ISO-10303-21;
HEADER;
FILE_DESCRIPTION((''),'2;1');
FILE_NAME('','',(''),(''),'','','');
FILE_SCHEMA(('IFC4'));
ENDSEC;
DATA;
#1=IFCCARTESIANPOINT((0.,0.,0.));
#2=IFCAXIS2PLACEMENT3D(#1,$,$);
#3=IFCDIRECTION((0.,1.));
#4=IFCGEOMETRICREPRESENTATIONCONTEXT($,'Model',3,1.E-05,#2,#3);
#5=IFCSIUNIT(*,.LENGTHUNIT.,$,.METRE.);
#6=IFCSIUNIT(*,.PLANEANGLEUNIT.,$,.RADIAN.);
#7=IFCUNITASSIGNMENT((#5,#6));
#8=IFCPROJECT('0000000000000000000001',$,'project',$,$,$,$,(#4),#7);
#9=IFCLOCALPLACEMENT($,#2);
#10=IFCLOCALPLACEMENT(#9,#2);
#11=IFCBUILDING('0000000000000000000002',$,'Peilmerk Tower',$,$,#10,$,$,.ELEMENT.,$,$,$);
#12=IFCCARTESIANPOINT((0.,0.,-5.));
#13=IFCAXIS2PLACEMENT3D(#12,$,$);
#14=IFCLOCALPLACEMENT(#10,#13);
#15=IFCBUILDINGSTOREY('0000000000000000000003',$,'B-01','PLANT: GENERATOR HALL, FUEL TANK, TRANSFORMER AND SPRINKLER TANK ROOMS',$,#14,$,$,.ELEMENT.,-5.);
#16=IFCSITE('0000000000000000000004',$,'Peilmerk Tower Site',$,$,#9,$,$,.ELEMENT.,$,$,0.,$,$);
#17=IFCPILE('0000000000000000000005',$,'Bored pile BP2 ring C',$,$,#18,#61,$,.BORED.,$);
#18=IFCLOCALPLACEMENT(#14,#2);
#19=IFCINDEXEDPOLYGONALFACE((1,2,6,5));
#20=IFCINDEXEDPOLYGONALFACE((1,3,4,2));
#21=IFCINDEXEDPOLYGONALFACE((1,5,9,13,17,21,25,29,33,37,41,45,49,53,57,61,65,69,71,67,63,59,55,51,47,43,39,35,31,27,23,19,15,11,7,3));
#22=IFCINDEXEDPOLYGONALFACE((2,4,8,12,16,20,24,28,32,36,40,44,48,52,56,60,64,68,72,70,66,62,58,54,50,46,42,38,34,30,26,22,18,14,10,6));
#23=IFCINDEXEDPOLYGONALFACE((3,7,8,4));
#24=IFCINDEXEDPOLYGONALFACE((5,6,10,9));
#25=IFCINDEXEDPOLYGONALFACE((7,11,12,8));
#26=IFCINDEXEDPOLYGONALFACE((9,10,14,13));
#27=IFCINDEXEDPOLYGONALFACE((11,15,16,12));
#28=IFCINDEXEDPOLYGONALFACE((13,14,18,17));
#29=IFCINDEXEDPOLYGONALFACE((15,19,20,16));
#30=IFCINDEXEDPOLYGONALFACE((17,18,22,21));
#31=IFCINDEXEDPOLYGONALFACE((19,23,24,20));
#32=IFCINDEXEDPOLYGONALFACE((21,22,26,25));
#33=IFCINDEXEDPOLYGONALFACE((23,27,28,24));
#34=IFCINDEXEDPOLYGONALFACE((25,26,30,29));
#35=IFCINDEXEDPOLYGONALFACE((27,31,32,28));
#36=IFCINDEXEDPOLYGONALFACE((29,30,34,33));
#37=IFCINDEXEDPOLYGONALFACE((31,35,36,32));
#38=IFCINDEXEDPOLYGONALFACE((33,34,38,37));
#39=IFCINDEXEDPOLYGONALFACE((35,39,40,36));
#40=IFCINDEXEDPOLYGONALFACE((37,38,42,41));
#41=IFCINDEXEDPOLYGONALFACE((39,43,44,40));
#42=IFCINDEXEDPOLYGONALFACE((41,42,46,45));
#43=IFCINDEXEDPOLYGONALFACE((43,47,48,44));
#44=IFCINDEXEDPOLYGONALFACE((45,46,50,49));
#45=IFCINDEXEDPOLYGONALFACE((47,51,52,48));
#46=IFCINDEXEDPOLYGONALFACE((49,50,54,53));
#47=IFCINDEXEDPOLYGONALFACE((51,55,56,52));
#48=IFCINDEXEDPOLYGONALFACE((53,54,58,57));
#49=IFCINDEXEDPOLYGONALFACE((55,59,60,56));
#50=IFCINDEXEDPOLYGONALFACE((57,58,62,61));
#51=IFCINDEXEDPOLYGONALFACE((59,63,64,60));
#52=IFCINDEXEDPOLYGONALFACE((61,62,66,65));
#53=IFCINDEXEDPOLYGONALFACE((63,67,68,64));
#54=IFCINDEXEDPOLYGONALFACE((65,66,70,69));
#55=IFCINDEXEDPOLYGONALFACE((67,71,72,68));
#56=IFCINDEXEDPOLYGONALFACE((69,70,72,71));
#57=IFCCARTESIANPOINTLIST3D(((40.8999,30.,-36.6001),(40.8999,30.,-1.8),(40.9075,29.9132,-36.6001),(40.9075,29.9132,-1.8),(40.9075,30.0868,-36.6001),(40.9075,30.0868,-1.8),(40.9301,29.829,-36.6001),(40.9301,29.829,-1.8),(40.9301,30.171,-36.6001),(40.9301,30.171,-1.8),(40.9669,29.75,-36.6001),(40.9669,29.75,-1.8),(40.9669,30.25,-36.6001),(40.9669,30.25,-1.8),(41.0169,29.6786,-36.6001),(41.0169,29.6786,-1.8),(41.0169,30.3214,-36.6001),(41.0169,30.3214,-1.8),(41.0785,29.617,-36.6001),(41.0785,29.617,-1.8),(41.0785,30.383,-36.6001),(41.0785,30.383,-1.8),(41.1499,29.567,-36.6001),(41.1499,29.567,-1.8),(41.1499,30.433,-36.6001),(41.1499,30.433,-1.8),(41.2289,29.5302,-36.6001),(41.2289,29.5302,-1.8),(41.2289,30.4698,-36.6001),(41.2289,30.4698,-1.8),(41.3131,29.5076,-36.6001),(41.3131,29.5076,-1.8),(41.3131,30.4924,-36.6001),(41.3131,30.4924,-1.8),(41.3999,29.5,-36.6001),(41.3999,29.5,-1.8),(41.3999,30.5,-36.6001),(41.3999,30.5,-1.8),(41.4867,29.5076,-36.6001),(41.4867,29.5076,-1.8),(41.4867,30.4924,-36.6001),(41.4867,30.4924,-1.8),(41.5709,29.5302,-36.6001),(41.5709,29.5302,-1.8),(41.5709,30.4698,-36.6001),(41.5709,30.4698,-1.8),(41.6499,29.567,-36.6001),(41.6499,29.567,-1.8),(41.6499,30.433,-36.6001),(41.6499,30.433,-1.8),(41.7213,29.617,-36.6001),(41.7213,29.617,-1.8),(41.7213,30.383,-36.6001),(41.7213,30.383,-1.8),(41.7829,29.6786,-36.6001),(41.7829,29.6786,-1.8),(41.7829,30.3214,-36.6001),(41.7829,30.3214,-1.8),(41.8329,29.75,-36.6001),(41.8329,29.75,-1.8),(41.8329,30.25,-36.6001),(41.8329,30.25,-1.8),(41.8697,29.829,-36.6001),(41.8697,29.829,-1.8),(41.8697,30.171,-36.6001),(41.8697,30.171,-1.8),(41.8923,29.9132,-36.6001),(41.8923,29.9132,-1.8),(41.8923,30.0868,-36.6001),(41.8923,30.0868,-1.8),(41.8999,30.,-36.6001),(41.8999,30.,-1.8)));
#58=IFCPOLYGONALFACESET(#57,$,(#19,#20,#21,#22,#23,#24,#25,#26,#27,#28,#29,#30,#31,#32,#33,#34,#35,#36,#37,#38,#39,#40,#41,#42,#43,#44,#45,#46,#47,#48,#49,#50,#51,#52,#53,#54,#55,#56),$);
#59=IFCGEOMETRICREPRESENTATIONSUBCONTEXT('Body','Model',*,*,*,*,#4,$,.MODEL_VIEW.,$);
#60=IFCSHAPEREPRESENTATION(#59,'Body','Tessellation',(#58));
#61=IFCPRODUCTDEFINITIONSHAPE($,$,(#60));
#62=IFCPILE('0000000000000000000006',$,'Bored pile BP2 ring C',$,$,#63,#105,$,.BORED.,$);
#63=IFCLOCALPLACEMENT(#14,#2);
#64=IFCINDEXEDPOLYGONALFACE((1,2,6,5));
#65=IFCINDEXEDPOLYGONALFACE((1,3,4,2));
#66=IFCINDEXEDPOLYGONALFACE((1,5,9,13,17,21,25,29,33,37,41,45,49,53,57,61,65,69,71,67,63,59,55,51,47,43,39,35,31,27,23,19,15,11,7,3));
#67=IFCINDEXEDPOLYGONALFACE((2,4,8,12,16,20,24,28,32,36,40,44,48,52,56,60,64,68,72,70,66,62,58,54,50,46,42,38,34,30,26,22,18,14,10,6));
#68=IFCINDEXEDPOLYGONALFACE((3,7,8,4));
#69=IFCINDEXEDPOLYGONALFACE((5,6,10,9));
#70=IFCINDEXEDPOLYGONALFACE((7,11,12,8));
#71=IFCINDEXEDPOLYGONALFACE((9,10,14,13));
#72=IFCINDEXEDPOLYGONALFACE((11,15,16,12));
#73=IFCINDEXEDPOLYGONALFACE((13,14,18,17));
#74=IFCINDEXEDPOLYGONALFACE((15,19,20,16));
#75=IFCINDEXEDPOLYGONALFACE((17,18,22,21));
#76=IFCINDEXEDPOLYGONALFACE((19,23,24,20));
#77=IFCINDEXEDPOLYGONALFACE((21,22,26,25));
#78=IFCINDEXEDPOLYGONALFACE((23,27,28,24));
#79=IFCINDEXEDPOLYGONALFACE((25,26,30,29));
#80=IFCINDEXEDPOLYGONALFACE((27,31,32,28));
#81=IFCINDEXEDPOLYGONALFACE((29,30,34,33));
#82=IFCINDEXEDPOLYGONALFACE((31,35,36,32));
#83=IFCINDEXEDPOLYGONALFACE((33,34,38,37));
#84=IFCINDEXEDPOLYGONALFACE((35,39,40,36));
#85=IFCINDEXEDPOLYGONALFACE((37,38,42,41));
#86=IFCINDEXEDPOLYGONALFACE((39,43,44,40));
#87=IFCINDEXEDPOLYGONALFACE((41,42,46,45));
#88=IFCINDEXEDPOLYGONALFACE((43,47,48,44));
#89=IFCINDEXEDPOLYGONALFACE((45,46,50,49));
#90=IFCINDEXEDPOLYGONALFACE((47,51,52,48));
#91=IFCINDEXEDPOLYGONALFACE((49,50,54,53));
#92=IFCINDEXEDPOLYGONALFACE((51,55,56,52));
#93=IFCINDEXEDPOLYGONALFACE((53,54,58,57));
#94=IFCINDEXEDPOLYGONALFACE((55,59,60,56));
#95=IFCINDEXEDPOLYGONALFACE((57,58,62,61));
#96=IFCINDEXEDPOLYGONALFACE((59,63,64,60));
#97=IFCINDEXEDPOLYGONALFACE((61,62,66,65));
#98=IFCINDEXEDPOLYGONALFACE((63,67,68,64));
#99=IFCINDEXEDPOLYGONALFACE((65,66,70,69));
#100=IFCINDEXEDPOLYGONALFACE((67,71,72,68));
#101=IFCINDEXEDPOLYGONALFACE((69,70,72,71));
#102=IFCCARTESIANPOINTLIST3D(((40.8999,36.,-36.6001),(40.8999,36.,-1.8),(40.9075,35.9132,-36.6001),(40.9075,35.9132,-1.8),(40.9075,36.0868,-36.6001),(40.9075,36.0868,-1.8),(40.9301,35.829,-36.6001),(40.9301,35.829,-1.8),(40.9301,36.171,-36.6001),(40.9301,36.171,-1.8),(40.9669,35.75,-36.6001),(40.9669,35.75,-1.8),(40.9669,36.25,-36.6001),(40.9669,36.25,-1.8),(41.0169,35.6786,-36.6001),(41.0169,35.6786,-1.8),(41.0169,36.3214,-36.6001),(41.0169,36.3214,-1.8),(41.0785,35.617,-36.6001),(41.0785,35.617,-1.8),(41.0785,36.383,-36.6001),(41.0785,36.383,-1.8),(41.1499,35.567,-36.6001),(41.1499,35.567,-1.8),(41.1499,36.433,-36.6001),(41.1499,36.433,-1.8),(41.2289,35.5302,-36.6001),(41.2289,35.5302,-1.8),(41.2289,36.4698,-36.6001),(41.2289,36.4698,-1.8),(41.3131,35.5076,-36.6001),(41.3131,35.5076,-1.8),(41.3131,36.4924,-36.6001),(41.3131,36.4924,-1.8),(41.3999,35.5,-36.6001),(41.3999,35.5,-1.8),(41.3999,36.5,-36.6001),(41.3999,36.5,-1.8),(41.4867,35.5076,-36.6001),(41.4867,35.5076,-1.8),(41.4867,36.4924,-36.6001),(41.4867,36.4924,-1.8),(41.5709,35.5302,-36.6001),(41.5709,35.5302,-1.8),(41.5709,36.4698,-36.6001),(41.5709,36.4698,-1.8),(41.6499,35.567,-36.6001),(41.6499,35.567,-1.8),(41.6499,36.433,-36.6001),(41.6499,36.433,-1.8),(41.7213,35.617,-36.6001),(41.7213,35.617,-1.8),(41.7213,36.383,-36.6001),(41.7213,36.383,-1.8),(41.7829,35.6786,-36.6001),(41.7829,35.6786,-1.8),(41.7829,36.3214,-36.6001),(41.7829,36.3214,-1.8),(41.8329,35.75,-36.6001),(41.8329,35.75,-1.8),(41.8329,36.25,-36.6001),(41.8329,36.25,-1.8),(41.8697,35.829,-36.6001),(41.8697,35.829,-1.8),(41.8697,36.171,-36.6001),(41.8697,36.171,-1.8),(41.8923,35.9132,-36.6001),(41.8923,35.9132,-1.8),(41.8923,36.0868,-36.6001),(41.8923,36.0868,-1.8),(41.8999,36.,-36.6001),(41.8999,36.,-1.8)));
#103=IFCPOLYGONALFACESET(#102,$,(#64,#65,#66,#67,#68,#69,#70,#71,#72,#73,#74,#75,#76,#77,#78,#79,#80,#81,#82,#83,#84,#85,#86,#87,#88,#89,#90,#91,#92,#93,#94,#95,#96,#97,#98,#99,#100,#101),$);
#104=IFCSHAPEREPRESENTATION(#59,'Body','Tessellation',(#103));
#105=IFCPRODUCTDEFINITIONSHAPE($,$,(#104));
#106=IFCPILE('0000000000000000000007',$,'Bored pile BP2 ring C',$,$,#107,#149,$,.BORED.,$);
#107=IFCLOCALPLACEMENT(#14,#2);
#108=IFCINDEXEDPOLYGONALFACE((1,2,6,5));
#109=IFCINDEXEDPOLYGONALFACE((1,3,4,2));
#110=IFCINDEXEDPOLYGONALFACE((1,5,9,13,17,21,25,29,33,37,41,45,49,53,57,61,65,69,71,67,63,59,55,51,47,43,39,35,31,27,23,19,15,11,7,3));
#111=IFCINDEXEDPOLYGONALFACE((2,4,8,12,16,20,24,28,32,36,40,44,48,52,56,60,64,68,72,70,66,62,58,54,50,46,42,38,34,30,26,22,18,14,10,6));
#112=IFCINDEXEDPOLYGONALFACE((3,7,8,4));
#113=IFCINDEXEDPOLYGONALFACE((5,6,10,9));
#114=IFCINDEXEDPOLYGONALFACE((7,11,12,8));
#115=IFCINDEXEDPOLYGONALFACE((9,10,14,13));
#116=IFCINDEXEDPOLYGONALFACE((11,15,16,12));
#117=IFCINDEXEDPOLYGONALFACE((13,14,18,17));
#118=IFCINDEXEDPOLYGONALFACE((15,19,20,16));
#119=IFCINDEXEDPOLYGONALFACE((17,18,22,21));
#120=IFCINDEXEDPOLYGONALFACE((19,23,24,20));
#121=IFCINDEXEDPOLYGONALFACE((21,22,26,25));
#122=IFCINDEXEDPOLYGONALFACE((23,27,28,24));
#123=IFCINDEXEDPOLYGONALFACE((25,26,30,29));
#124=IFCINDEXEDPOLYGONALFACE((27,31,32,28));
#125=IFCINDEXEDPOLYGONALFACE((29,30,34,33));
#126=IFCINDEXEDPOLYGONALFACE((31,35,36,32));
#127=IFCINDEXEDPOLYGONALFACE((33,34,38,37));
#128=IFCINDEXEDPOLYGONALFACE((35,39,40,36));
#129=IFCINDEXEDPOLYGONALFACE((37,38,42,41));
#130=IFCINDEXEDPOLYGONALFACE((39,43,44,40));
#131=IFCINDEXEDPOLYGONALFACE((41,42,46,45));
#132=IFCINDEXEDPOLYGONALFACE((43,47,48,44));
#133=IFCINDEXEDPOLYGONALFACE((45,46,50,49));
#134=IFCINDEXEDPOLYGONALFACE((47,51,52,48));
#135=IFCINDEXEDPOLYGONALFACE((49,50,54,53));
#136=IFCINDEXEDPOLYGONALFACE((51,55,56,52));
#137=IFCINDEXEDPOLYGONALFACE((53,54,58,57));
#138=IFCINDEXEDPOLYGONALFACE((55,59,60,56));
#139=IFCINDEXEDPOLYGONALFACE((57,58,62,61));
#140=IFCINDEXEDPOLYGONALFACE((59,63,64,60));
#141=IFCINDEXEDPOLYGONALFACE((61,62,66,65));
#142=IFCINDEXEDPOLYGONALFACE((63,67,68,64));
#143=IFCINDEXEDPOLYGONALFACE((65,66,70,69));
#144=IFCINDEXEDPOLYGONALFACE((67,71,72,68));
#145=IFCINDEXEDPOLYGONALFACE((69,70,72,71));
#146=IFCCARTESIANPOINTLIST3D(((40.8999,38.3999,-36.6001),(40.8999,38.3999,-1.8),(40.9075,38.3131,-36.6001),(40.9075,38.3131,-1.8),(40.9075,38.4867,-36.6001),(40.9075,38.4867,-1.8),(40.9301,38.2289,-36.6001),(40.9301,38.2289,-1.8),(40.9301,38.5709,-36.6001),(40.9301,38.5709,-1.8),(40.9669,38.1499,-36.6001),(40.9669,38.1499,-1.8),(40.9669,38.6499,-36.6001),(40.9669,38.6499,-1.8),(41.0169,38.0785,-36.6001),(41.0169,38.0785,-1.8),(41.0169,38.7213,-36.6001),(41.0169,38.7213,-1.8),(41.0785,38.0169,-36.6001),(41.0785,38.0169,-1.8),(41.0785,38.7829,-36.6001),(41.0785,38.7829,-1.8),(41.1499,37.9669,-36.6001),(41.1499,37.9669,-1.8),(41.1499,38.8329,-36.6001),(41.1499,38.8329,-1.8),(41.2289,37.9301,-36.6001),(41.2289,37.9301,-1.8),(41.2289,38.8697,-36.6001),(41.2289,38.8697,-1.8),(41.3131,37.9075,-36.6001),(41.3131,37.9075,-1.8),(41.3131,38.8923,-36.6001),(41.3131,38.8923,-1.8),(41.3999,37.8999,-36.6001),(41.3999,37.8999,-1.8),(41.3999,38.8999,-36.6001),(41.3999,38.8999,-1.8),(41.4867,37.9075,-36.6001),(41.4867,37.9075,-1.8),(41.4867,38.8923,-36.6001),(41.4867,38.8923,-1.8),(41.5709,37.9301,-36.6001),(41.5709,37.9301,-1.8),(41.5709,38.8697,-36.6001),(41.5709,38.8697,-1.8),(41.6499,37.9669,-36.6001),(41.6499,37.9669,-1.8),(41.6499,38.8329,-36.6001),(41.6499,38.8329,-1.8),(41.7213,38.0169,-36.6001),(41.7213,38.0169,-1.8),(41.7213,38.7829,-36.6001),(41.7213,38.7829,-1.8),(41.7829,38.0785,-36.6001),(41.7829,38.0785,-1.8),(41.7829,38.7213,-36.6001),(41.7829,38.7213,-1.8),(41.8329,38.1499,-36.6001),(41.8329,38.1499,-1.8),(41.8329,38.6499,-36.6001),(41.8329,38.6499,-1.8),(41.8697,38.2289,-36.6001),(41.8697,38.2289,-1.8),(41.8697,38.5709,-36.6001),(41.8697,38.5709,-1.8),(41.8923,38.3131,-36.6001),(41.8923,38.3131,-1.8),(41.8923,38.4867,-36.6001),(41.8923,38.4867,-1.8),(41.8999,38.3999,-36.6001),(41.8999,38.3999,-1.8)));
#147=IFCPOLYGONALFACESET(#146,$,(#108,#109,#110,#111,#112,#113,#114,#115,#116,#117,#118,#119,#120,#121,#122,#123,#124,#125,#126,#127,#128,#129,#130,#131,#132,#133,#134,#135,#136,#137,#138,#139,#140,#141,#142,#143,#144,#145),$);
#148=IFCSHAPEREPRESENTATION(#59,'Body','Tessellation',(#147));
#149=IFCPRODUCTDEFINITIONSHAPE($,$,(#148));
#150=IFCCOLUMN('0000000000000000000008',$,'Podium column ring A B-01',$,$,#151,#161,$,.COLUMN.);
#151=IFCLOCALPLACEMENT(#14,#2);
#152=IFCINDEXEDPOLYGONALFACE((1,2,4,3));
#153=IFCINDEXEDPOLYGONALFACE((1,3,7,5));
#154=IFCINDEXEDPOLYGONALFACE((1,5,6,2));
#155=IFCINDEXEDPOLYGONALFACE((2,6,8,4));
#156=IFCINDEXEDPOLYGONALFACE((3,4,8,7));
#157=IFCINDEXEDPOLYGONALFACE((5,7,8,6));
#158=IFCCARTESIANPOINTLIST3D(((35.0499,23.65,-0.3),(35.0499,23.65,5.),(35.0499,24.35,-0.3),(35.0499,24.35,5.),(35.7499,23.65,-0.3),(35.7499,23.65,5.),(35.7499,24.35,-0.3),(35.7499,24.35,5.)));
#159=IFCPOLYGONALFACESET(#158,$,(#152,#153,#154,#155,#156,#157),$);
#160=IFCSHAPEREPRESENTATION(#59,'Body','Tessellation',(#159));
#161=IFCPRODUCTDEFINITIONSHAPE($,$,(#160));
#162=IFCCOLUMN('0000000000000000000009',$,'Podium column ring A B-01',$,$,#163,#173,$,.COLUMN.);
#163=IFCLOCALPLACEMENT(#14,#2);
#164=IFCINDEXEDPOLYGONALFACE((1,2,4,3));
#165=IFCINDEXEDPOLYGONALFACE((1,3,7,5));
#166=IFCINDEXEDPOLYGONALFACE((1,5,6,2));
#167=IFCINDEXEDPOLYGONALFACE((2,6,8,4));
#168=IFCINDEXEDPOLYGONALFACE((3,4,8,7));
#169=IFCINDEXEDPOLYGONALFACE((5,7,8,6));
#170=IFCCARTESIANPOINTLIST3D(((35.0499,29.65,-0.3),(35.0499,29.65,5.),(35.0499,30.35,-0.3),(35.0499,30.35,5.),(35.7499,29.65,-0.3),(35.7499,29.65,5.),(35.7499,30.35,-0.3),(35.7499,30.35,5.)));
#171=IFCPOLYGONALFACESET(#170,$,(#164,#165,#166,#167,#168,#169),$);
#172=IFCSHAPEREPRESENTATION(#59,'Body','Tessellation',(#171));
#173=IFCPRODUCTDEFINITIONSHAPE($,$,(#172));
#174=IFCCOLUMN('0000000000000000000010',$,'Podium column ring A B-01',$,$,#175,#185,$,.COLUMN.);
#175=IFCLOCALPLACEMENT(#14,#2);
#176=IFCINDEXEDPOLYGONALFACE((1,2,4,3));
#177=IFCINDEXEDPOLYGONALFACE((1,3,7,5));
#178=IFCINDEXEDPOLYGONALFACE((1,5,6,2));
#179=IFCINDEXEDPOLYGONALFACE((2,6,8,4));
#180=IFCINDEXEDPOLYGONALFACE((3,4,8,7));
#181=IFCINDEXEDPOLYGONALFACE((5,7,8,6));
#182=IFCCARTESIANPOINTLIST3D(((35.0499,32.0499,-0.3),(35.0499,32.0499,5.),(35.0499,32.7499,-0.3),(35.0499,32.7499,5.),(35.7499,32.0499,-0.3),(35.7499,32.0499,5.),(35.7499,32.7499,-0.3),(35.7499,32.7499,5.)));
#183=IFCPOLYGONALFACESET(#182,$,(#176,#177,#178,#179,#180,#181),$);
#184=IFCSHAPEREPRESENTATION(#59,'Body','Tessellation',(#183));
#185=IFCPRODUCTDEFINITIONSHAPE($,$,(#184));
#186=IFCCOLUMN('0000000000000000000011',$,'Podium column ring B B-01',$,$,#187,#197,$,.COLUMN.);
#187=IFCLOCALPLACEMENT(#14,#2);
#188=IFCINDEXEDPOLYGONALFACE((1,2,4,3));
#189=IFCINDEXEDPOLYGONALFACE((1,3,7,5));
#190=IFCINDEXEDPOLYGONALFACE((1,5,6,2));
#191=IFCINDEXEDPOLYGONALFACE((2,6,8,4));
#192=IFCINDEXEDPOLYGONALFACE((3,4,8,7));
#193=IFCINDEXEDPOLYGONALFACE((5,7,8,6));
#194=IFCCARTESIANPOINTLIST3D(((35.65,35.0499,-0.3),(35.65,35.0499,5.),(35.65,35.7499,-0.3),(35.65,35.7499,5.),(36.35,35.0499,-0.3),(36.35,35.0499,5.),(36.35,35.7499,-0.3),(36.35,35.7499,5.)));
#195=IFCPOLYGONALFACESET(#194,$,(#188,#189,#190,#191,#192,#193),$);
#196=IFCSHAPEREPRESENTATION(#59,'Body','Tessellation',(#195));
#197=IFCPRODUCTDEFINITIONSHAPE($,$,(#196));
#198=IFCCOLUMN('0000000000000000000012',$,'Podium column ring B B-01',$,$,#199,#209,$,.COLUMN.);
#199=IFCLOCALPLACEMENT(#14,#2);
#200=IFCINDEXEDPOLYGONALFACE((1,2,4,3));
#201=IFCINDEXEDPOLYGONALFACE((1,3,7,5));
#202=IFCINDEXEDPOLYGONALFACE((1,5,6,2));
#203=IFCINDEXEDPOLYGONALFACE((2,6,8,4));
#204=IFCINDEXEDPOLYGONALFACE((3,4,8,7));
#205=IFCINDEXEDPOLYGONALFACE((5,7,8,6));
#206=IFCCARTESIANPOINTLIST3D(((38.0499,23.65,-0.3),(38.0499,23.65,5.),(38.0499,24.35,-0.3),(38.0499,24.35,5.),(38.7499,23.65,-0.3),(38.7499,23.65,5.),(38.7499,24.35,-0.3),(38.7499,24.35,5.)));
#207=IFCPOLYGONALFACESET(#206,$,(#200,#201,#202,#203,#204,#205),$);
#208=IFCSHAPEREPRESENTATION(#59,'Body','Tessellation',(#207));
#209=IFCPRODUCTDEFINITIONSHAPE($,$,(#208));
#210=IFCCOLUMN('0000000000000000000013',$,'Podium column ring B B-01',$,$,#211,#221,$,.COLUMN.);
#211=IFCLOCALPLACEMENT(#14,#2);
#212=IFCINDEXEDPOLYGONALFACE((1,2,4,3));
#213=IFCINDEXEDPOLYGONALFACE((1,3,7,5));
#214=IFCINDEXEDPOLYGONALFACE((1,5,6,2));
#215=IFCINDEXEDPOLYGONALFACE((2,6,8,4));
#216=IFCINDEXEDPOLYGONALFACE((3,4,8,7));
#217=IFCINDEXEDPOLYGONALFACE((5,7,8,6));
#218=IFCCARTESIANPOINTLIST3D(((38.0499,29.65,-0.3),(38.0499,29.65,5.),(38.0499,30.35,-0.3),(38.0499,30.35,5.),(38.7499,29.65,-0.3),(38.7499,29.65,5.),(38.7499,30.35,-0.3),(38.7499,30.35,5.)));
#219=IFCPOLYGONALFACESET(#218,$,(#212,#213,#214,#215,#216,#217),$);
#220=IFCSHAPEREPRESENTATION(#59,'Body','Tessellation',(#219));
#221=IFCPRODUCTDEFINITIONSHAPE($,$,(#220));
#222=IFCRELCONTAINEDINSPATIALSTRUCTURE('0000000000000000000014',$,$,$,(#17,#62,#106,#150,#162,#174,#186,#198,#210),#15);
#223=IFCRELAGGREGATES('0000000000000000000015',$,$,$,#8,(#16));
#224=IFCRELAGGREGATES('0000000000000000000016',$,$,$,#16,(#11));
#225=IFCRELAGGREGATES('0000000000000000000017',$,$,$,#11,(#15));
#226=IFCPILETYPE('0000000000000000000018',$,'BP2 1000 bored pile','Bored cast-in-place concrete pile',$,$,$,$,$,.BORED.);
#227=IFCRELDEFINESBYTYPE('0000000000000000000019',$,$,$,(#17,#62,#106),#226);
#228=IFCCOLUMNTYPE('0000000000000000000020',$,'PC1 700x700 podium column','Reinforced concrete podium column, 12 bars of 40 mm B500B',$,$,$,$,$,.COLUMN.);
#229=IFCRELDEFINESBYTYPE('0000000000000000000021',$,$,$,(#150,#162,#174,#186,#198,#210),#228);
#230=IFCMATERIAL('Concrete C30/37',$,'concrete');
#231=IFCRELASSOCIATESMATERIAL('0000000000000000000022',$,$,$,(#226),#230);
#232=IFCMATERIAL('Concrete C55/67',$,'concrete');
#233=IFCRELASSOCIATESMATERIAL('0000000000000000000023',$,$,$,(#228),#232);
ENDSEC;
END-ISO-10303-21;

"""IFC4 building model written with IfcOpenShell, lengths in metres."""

from ifc_helpers import new_model, si_unit, direction, frame, origin, origin_2d, place, context, subcontext, project, spatial, rectangle, circle, extrude, material, material_profile, profile_set, type_object, element, save


model = new_model("IFC4")

# Units and contexts
model_context = context("Model", 3, precision=1e-05, world=origin(), true_north=direction((0.0, 1.0)))
body_context = subcontext(model_context, "Body", "Model", "MODEL_VIEW")
ifc_project = project(units=[si_unit("LENGTHUNIT", "METRE"), si_unit("PLANEANGLEUNIT", "RADIAN")], contexts=[model_context])

# Site, building, storey
site_placement = place(None, origin())
site = spatial("IfcSite", under=ifc_project, at=site_placement, Name="Peilmerk Tower Site", CompositionType="ELEMENT", RefElevation=0.0)
building_placement = place(site_placement, origin())
building = spatial("IfcBuilding", under=site, at=building_placement, Name="Peilmerk Tower", CompositionType="ELEMENT")
storey_placement = place(building_placement, frame((0.0, 0.0, -5.0)))
storey = spatial("IfcBuildingStorey", under=building, at=storey_placement, Name="B-01", Description="PLANT: GENERATOR HALL, FUEL TANK, TRANSFORMER AND SPRINKLER TANK ROOMS", CompositionType="ELEMENT", Elevation=-5.0)

# Piles
ifc_material_1 = material(Name="Concrete C30/37", Category="concrete")
ifc_material_profile_1 = material_profile(ifc_material_1, circle(Radius=0.5, at=origin_2d()), Name="BP 1000")
ifc_profile_set_1 = profile_set([ifc_material_profile_1], Name="Concrete C30/37")
pile_type = type_object("IfcPileType", Name="BP2 1000 bored pile", Description="Bored cast-in-place concrete pile", PredefinedType="BORED", material=ifc_profile_set_1)
for number, where, z_axis, x_axis, name in (
    (1, (41.3999, 30.0, -1.8), (0.0, 0.0, -1.0), (1.0, 0.0, 0.0), "Bored pile BP2 ring C"),
    (2, (41.3999, 36.0, -1.8), (0.0, 0.0, -1.0), (1.0, 0.0, 0.0), "Bored pile BP2 ring C"),
    (3, (41.3999, 38.3999, -1.8), (0.0, 0.0, -1.0), (1.0, 0.0, 0.0), "Bored pile BP2 ring C"),
):
    element("IfcPile", number, at=place(storey_placement, frame(where, z_axis=z_axis, x_axis=x_axis)), inside=storey, type_object=pile_type, Name=name, PredefinedType="BORED", context=body_context, shape_type="SweptSolid", body=[
        extrude(circle(Radius=0.5, at=origin_2d()), origin(), (0.0, 0.0, 1.0), 34.8),
    ])

# Columns
ifc_material_2 = material(Name="Concrete C55/67", Category="concrete")
ifc_material_profile_2 = material_profile(ifc_material_2, rectangle(XDim=0.7, YDim=0.7, at=origin_2d()), Name="RC 700x700")
ifc_profile_set_2 = profile_set([ifc_material_profile_2], Name="Concrete C55/67")
column_type = type_object("IfcColumnType", Name="PC1 700x700 podium column", Description="Reinforced concrete podium column, 12 bars of 40 mm B500B", PredefinedType="COLUMN", material=ifc_profile_set_2)
for number, where, z_axis, x_axis, name in (
    (4, (35.3999, 24.0, -0.3), (0.0, 0.0, 1.0), (1.0, 0.0, 0.0), "Podium column ring A B-01"),
    (5, (35.3999, 30.0, -0.3), (0.0, 0.0, 1.0), (1.0, 0.0, 0.0), "Podium column ring A B-01"),
    (6, (35.3999, 32.3999, -0.3), (0.0, 0.0, 1.0), (1.0, 0.0, 0.0), "Podium column ring A B-01"),
    (7, (36.0, 35.3999, -0.3), (0.0, 0.0, 1.0), (1.0, 0.0, 0.0), "Podium column ring B B-01"),
    (8, (38.3999, 24.0, -0.3), (0.0, 0.0, 1.0), (1.0, 0.0, 0.0), "Podium column ring B B-01"),
    (9, (38.3999, 30.0, -0.3), (0.0, 0.0, 1.0), (1.0, 0.0, 0.0), "Podium column ring B B-01"),
):
    element("IfcColumn", number, at=place(storey_placement, frame(where, z_axis=z_axis, x_axis=x_axis)), inside=storey, type_object=column_type, Name=name, PredefinedType="COLUMN", context=body_context, shape_type="SweptSolid", body=[
        extrude(rectangle(XDim=0.7, YDim=0.7, at=origin_2d()), origin(), (0.0, 0.0, 1.0), 5.3),
    ])

save(model, "model.ifc")
